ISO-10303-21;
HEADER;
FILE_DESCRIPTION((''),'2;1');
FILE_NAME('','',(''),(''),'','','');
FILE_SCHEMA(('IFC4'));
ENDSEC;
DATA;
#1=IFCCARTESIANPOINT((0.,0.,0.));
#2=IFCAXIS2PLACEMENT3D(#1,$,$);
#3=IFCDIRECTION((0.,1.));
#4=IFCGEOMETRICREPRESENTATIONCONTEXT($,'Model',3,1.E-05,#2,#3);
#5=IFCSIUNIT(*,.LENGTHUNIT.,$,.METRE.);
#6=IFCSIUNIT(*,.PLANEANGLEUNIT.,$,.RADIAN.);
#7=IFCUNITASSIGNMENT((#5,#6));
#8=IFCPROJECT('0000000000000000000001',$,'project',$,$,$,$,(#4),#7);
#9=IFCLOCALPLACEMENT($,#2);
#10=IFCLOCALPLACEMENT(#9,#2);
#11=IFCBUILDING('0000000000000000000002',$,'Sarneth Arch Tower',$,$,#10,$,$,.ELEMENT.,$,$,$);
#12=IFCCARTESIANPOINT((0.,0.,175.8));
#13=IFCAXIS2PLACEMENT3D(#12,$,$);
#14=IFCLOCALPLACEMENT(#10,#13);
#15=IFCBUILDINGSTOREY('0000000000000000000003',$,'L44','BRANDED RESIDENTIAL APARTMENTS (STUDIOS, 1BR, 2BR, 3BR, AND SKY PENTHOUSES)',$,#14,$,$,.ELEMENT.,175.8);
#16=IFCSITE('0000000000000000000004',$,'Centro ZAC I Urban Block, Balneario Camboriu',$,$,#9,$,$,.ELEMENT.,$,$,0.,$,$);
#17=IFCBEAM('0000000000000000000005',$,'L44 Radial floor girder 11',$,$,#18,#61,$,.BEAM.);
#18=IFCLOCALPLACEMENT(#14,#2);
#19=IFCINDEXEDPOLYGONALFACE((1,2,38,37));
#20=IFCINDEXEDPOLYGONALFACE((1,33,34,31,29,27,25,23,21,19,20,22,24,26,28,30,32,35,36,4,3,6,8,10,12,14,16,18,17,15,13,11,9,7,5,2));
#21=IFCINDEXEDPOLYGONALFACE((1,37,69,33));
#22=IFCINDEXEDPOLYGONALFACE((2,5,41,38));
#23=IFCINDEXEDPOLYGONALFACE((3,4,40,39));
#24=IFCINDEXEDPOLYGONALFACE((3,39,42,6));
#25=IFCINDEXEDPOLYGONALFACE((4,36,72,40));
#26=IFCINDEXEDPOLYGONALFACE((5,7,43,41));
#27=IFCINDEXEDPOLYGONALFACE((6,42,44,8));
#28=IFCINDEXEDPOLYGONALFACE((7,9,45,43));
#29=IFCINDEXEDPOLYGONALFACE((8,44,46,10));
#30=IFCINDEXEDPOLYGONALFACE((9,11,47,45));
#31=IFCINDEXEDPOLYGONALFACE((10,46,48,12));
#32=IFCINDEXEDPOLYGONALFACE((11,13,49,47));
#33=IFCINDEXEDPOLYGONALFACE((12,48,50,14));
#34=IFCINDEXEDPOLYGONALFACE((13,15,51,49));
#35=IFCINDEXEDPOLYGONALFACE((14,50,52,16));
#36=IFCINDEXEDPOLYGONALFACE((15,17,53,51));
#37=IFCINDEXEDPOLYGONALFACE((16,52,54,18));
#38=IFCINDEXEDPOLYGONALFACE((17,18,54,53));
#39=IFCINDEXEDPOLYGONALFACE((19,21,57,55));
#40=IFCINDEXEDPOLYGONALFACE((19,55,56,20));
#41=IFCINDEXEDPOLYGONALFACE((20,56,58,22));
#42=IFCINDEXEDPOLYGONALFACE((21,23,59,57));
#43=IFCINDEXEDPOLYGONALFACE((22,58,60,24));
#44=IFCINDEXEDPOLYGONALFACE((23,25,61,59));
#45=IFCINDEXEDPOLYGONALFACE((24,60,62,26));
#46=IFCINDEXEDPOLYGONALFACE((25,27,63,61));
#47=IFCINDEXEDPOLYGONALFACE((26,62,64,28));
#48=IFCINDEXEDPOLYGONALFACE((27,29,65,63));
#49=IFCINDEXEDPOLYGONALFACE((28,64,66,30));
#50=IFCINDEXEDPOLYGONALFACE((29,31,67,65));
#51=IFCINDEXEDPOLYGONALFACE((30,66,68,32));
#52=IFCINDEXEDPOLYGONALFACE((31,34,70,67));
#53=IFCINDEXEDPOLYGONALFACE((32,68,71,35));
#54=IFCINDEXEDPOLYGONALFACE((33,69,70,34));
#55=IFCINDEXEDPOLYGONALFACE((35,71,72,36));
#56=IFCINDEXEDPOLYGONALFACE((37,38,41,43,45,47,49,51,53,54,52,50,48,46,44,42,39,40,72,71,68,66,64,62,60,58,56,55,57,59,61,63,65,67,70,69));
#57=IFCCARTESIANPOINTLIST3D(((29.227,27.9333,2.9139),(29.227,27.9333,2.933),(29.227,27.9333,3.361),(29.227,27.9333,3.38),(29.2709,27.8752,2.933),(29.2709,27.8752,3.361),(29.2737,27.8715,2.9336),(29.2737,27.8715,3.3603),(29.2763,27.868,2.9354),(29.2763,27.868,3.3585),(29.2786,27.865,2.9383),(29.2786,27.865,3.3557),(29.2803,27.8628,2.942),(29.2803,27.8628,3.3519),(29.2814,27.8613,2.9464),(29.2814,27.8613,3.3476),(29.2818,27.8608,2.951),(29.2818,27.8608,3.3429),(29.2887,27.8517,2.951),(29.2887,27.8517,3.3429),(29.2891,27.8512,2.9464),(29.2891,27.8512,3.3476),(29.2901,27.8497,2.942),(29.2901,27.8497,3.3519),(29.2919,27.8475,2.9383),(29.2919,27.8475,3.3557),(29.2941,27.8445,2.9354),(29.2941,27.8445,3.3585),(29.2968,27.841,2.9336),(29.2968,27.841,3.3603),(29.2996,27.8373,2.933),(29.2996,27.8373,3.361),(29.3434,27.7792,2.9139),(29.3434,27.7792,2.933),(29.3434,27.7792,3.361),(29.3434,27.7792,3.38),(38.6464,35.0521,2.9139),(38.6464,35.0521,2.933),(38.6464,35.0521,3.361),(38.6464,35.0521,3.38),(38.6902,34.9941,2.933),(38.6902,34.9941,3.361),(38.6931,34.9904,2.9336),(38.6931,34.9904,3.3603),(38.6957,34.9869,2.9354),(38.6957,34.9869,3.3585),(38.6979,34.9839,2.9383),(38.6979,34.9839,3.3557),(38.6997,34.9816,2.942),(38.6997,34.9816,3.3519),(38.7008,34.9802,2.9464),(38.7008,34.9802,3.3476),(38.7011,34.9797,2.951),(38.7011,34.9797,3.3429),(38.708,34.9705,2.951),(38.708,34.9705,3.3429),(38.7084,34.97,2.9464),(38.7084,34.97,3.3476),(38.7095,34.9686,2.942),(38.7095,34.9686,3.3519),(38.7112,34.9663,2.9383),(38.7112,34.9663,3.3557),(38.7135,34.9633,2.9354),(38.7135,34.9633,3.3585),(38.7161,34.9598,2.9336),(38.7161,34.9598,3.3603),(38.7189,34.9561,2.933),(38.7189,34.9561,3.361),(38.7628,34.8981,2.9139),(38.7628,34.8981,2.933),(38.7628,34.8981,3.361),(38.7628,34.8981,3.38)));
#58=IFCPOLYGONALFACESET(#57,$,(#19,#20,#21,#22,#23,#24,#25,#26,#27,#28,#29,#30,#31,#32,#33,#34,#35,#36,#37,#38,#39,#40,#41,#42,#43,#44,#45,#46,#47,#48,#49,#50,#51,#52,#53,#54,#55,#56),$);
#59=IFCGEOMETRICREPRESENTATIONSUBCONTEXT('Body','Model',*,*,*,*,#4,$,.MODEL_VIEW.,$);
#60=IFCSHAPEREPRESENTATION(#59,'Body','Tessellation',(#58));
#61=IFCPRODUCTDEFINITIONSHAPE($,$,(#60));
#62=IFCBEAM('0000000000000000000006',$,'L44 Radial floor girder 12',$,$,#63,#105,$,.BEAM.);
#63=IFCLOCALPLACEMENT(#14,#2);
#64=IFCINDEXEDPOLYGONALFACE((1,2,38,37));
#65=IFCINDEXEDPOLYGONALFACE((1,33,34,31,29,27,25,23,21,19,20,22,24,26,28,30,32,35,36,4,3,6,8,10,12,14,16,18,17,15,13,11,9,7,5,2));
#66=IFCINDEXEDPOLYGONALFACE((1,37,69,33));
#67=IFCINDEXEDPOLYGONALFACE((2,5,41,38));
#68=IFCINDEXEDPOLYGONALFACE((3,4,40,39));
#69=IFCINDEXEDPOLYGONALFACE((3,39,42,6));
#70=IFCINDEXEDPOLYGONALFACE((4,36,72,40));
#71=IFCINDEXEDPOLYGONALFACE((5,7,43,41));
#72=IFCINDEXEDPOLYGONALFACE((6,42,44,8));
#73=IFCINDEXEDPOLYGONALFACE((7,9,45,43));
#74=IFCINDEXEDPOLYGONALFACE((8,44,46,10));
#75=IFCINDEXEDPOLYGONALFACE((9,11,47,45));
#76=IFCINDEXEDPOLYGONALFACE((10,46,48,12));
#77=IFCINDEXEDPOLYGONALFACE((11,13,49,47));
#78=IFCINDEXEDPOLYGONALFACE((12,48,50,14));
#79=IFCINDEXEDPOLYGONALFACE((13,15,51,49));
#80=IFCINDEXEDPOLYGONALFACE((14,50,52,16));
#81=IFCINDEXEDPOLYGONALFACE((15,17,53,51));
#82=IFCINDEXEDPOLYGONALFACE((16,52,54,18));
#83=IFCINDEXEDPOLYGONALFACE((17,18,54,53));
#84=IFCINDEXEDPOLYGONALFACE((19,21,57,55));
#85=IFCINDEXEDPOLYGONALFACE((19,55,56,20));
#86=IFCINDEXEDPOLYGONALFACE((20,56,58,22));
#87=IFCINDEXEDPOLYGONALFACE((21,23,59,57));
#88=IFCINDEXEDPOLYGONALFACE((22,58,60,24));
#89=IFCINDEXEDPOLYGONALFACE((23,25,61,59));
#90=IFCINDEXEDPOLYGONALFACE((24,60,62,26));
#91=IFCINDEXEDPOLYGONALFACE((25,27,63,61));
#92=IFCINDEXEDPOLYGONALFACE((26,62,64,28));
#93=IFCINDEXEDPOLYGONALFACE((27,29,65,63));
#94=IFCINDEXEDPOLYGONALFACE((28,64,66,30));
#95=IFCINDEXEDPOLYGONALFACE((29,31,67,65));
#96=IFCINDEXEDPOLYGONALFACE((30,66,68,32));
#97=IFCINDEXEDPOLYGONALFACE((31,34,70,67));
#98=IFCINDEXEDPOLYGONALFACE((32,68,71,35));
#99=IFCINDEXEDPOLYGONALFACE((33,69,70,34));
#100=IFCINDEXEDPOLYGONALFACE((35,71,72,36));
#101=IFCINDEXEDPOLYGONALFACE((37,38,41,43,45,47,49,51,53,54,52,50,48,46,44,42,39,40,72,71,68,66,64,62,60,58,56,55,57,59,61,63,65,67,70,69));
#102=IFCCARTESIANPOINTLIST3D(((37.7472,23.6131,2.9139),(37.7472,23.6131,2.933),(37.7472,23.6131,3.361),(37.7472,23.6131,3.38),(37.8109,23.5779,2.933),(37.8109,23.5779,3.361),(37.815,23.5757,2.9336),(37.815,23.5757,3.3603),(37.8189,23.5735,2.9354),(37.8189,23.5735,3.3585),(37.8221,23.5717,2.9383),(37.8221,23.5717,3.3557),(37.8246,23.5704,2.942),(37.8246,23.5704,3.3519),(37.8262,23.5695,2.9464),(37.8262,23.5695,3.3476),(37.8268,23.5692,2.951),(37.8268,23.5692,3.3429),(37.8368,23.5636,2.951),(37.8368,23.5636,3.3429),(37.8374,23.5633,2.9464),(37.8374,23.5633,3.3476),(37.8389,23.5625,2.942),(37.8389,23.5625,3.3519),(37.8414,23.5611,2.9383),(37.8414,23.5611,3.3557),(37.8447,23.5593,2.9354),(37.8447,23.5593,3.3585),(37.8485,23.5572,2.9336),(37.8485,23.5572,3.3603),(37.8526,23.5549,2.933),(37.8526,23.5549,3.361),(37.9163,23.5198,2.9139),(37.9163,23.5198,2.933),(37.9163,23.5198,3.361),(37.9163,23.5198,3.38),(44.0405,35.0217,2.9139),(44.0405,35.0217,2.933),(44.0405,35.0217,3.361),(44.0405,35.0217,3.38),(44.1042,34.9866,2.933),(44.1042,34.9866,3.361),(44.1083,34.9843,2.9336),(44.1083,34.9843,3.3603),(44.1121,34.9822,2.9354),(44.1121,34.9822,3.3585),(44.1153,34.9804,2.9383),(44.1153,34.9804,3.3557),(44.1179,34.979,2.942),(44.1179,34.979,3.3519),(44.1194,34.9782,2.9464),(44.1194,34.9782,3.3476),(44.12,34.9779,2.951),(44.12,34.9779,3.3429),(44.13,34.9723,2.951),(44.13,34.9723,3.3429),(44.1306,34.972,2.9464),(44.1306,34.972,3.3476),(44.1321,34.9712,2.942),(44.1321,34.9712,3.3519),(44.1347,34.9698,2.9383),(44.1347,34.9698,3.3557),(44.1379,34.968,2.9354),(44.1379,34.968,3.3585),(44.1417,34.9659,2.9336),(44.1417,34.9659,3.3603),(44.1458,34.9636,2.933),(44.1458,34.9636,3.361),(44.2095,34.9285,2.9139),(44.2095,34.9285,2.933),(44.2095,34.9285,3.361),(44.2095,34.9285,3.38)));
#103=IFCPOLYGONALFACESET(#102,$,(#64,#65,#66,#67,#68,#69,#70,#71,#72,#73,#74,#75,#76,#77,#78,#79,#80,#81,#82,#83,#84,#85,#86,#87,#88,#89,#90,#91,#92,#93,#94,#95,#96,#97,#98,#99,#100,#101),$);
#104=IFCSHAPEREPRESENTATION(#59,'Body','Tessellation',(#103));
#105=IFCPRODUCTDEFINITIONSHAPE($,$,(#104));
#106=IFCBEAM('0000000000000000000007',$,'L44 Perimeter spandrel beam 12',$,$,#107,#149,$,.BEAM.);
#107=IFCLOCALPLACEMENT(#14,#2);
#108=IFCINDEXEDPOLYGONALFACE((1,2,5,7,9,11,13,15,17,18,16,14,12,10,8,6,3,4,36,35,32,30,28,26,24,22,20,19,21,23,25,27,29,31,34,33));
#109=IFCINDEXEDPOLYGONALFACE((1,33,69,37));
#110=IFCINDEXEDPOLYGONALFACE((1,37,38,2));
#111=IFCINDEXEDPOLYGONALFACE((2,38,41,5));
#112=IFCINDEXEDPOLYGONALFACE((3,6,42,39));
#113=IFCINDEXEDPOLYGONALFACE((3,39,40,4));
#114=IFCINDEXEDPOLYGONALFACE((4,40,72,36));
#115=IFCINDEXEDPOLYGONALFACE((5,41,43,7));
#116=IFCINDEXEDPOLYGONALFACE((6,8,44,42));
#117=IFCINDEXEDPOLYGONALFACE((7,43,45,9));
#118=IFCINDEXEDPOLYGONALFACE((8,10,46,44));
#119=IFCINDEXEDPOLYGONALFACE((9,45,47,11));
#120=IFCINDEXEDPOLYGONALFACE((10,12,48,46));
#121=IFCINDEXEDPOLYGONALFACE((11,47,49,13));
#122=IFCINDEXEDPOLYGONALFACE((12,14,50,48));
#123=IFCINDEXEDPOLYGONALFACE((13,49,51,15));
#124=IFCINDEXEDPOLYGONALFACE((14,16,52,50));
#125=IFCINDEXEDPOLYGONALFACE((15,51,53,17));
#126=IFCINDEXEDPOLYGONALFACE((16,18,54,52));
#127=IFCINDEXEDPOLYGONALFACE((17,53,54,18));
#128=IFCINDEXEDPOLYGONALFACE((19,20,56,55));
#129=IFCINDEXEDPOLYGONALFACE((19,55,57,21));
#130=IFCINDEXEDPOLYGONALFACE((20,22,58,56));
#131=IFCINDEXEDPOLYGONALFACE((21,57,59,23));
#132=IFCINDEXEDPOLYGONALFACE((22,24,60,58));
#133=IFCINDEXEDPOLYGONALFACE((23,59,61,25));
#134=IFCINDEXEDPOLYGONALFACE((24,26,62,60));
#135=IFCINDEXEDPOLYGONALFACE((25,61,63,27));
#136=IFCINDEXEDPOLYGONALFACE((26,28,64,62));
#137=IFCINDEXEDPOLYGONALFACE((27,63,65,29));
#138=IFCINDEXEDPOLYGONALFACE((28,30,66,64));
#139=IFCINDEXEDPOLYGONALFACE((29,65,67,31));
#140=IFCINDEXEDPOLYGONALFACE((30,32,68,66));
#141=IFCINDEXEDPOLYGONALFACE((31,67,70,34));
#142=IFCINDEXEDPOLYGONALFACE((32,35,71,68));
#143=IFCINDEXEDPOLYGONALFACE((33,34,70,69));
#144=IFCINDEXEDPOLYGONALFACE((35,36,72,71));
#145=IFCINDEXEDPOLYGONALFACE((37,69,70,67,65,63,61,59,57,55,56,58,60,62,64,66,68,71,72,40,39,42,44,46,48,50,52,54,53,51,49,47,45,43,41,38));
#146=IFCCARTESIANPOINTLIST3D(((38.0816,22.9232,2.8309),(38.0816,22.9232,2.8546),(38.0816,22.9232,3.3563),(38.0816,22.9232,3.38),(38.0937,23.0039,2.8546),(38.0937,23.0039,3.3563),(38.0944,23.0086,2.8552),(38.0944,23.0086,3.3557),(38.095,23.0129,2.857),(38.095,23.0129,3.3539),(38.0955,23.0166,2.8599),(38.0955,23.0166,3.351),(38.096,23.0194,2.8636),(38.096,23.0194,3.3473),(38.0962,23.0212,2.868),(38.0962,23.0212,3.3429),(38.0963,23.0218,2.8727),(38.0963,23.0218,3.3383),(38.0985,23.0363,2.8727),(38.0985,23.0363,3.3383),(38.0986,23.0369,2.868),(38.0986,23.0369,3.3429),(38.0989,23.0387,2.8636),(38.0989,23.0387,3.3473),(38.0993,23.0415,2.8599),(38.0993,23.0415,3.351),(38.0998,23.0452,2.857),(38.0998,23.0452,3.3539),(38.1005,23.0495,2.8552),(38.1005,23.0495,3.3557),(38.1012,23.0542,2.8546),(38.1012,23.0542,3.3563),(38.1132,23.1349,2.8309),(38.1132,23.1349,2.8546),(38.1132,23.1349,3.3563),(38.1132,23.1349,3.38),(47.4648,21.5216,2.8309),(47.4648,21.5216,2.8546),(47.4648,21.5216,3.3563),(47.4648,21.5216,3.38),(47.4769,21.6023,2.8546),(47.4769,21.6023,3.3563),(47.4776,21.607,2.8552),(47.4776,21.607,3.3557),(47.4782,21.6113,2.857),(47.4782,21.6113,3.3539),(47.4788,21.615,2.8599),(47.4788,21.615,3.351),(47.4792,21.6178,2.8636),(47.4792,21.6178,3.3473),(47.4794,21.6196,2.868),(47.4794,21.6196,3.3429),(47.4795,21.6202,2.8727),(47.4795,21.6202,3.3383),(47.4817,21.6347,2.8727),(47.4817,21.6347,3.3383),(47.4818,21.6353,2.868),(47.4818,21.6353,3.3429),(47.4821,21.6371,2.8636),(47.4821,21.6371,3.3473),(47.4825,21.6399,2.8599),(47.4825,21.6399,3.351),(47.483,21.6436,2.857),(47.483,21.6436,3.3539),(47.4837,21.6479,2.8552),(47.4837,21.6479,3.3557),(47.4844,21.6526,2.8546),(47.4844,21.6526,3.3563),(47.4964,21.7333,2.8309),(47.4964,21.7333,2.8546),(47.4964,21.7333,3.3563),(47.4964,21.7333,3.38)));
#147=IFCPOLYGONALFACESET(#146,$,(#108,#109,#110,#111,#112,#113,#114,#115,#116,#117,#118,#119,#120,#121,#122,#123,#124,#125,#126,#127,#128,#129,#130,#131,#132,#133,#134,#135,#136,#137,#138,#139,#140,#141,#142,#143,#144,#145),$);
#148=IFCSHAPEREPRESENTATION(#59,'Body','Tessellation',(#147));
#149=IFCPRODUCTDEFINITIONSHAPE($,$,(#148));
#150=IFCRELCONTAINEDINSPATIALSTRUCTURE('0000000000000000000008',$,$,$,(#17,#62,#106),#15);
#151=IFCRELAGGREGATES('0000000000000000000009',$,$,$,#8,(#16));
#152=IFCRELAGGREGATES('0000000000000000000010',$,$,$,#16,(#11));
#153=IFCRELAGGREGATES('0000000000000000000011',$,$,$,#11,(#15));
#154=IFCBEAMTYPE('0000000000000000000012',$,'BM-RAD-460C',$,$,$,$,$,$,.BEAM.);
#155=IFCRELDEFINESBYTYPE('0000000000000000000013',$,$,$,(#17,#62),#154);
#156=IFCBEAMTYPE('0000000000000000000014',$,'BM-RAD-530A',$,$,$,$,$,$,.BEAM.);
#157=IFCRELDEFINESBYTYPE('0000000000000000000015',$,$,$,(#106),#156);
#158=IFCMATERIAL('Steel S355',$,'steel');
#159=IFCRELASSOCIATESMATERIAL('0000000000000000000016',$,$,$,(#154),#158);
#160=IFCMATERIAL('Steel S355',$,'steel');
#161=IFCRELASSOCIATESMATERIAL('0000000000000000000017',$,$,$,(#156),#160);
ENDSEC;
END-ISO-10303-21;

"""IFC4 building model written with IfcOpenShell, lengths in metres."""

from ifc_helpers import new_model, si_unit, direction, frame, origin, origin_2d, place, context, subcontext, project, spatial, i_section, extrude, material, material_profile, profile_set, type_object, element, save


model = new_model("IFC4")

# Units and contexts
model_context = context("Model", 3, precision=1e-05, world=origin(), true_north=direction((0.0, 1.0)))
body_context = subcontext(model_context, "Body", "Model", "MODEL_VIEW")
ifc_project = project(units=[si_unit("LENGTHUNIT", "METRE"), si_unit("PLANEANGLEUNIT", "RADIAN")], contexts=[model_context])

# Site, building, storey
site_placement = place(None, origin())
site = spatial("IfcSite", under=ifc_project, at=site_placement, Name="Centro ZAC I Urban Block, Balneario Camboriu", CompositionType="ELEMENT", RefElevation=0.0)
building_placement = place(site_placement, origin())
building = spatial("IfcBuilding", under=site, at=building_placement, Name="Sarneth Arch Tower", CompositionType="ELEMENT")
storey_placement = place(building_placement, frame((0.0, 0.0, 175.8)))
storey = spatial("IfcBuildingStorey", under=building, at=storey_placement, Name="L44", Description="BRANDED RESIDENTIAL APARTMENTS (STUDIOS, 1BR, 2BR, 3BR, AND SKY PENTHOUSES)", CompositionType="ELEMENT", Elevation=175.8)

# Beams
ifc_material_1 = material(Name="Steel S355", Category="steel")
ifc_material_profile_1 = material_profile(ifc_material_1, i_section(OverallWidth=0.1931, OverallDepth=0.4661, WebThickness=0.0115, FlangeThickness=0.019, FilletRadius=0.0181, at=origin_2d()), Name="W460x97")
ifc_profile_set_1 = profile_set([ifc_material_profile_1], Name="Steel S355")
beam_type_1 = type_object("IfcBeamType", Name="BM-RAD-460C", PredefinedType="BEAM", material=ifc_profile_set_1)
beam_1_placement = place(storey_placement, frame((38.7046, 34.9751, 3.147), z_axis=(-0.797786, -0.60294, 0.0), x_axis=(0.60294, -0.797786, 0.0)))
element("IfcBeam", 1, at=beam_1_placement, inside=storey, type_object=beam_type_1, Name="L44 Radial floor girder 11", PredefinedType="BEAM", context=body_context, shape_type="SweptSolid", body=[
    extrude(i_section(OverallWidth=0.1931, OverallDepth=0.4661, WebThickness=0.0115, FlangeThickness=0.019, FilletRadius=0.0181, at=origin_2d()), origin(), (0.0, 0.0, 1.0), 11.8069),
])
beam_2_placement = place(storey_placement, frame((44.125, 34.9751, 3.147), z_axis=(-0.483005, -0.875618, 0.0), x_axis=(0.875618, -0.483005, 0.0)))
element("IfcBeam", 2, at=beam_2_placement, inside=storey, type_object=beam_type_1, Name="L44 Radial floor girder 12", PredefinedType="BEAM", context=body_context, shape_type="SweptSolid", body=[
    extrude(i_section(OverallWidth=0.1931, OverallDepth=0.4661, WebThickness=0.0115, FlangeThickness=0.019, FilletRadius=0.0181, at=origin_2d()), origin(), (0.0, 0.0, 1.0), 13.0293),
])
ifc_material_2 = material(Name="Steel S355", Category="steel")
ifc_material_profile_2 = material_profile(ifc_material_2, i_section(OverallWidth=0.2141, OverallDepth=0.5491, WebThickness=0.0146, FlangeThickness=0.0237, FilletRadius=0.0181, at=origin_2d()), Name="W530x138")
ifc_profile_set_2 = profile_set([ifc_material_profile_2], Name="Steel S355")
beam_type_2 = type_object("IfcBeamType", Name="BM-RAD-530A", PredefinedType="BEAM", material=ifc_profile_set_2)
beam_3_placement = place(storey_placement, frame((38.0974, 23.0291, 3.1055), z_axis=(0.989027, -0.147734, 0.0), x_axis=(0.147734, 0.989027, 0.0)))
element("IfcBeam", 3, at=beam_3_placement, inside=storey, type_object=beam_type_2, Name="L44 Perimeter spandrel beam 12", PredefinedType="BEAM", context=body_context, shape_type="SweptSolid", body=[
    extrude(i_section(OverallWidth=0.2141, OverallDepth=0.5491, WebThickness=0.0146, FlangeThickness=0.0237, FilletRadius=0.0181, at=origin_2d()), origin(), (0.0, 0.0, 1.0), 9.4873),
])

save(model, "model.ifc")
